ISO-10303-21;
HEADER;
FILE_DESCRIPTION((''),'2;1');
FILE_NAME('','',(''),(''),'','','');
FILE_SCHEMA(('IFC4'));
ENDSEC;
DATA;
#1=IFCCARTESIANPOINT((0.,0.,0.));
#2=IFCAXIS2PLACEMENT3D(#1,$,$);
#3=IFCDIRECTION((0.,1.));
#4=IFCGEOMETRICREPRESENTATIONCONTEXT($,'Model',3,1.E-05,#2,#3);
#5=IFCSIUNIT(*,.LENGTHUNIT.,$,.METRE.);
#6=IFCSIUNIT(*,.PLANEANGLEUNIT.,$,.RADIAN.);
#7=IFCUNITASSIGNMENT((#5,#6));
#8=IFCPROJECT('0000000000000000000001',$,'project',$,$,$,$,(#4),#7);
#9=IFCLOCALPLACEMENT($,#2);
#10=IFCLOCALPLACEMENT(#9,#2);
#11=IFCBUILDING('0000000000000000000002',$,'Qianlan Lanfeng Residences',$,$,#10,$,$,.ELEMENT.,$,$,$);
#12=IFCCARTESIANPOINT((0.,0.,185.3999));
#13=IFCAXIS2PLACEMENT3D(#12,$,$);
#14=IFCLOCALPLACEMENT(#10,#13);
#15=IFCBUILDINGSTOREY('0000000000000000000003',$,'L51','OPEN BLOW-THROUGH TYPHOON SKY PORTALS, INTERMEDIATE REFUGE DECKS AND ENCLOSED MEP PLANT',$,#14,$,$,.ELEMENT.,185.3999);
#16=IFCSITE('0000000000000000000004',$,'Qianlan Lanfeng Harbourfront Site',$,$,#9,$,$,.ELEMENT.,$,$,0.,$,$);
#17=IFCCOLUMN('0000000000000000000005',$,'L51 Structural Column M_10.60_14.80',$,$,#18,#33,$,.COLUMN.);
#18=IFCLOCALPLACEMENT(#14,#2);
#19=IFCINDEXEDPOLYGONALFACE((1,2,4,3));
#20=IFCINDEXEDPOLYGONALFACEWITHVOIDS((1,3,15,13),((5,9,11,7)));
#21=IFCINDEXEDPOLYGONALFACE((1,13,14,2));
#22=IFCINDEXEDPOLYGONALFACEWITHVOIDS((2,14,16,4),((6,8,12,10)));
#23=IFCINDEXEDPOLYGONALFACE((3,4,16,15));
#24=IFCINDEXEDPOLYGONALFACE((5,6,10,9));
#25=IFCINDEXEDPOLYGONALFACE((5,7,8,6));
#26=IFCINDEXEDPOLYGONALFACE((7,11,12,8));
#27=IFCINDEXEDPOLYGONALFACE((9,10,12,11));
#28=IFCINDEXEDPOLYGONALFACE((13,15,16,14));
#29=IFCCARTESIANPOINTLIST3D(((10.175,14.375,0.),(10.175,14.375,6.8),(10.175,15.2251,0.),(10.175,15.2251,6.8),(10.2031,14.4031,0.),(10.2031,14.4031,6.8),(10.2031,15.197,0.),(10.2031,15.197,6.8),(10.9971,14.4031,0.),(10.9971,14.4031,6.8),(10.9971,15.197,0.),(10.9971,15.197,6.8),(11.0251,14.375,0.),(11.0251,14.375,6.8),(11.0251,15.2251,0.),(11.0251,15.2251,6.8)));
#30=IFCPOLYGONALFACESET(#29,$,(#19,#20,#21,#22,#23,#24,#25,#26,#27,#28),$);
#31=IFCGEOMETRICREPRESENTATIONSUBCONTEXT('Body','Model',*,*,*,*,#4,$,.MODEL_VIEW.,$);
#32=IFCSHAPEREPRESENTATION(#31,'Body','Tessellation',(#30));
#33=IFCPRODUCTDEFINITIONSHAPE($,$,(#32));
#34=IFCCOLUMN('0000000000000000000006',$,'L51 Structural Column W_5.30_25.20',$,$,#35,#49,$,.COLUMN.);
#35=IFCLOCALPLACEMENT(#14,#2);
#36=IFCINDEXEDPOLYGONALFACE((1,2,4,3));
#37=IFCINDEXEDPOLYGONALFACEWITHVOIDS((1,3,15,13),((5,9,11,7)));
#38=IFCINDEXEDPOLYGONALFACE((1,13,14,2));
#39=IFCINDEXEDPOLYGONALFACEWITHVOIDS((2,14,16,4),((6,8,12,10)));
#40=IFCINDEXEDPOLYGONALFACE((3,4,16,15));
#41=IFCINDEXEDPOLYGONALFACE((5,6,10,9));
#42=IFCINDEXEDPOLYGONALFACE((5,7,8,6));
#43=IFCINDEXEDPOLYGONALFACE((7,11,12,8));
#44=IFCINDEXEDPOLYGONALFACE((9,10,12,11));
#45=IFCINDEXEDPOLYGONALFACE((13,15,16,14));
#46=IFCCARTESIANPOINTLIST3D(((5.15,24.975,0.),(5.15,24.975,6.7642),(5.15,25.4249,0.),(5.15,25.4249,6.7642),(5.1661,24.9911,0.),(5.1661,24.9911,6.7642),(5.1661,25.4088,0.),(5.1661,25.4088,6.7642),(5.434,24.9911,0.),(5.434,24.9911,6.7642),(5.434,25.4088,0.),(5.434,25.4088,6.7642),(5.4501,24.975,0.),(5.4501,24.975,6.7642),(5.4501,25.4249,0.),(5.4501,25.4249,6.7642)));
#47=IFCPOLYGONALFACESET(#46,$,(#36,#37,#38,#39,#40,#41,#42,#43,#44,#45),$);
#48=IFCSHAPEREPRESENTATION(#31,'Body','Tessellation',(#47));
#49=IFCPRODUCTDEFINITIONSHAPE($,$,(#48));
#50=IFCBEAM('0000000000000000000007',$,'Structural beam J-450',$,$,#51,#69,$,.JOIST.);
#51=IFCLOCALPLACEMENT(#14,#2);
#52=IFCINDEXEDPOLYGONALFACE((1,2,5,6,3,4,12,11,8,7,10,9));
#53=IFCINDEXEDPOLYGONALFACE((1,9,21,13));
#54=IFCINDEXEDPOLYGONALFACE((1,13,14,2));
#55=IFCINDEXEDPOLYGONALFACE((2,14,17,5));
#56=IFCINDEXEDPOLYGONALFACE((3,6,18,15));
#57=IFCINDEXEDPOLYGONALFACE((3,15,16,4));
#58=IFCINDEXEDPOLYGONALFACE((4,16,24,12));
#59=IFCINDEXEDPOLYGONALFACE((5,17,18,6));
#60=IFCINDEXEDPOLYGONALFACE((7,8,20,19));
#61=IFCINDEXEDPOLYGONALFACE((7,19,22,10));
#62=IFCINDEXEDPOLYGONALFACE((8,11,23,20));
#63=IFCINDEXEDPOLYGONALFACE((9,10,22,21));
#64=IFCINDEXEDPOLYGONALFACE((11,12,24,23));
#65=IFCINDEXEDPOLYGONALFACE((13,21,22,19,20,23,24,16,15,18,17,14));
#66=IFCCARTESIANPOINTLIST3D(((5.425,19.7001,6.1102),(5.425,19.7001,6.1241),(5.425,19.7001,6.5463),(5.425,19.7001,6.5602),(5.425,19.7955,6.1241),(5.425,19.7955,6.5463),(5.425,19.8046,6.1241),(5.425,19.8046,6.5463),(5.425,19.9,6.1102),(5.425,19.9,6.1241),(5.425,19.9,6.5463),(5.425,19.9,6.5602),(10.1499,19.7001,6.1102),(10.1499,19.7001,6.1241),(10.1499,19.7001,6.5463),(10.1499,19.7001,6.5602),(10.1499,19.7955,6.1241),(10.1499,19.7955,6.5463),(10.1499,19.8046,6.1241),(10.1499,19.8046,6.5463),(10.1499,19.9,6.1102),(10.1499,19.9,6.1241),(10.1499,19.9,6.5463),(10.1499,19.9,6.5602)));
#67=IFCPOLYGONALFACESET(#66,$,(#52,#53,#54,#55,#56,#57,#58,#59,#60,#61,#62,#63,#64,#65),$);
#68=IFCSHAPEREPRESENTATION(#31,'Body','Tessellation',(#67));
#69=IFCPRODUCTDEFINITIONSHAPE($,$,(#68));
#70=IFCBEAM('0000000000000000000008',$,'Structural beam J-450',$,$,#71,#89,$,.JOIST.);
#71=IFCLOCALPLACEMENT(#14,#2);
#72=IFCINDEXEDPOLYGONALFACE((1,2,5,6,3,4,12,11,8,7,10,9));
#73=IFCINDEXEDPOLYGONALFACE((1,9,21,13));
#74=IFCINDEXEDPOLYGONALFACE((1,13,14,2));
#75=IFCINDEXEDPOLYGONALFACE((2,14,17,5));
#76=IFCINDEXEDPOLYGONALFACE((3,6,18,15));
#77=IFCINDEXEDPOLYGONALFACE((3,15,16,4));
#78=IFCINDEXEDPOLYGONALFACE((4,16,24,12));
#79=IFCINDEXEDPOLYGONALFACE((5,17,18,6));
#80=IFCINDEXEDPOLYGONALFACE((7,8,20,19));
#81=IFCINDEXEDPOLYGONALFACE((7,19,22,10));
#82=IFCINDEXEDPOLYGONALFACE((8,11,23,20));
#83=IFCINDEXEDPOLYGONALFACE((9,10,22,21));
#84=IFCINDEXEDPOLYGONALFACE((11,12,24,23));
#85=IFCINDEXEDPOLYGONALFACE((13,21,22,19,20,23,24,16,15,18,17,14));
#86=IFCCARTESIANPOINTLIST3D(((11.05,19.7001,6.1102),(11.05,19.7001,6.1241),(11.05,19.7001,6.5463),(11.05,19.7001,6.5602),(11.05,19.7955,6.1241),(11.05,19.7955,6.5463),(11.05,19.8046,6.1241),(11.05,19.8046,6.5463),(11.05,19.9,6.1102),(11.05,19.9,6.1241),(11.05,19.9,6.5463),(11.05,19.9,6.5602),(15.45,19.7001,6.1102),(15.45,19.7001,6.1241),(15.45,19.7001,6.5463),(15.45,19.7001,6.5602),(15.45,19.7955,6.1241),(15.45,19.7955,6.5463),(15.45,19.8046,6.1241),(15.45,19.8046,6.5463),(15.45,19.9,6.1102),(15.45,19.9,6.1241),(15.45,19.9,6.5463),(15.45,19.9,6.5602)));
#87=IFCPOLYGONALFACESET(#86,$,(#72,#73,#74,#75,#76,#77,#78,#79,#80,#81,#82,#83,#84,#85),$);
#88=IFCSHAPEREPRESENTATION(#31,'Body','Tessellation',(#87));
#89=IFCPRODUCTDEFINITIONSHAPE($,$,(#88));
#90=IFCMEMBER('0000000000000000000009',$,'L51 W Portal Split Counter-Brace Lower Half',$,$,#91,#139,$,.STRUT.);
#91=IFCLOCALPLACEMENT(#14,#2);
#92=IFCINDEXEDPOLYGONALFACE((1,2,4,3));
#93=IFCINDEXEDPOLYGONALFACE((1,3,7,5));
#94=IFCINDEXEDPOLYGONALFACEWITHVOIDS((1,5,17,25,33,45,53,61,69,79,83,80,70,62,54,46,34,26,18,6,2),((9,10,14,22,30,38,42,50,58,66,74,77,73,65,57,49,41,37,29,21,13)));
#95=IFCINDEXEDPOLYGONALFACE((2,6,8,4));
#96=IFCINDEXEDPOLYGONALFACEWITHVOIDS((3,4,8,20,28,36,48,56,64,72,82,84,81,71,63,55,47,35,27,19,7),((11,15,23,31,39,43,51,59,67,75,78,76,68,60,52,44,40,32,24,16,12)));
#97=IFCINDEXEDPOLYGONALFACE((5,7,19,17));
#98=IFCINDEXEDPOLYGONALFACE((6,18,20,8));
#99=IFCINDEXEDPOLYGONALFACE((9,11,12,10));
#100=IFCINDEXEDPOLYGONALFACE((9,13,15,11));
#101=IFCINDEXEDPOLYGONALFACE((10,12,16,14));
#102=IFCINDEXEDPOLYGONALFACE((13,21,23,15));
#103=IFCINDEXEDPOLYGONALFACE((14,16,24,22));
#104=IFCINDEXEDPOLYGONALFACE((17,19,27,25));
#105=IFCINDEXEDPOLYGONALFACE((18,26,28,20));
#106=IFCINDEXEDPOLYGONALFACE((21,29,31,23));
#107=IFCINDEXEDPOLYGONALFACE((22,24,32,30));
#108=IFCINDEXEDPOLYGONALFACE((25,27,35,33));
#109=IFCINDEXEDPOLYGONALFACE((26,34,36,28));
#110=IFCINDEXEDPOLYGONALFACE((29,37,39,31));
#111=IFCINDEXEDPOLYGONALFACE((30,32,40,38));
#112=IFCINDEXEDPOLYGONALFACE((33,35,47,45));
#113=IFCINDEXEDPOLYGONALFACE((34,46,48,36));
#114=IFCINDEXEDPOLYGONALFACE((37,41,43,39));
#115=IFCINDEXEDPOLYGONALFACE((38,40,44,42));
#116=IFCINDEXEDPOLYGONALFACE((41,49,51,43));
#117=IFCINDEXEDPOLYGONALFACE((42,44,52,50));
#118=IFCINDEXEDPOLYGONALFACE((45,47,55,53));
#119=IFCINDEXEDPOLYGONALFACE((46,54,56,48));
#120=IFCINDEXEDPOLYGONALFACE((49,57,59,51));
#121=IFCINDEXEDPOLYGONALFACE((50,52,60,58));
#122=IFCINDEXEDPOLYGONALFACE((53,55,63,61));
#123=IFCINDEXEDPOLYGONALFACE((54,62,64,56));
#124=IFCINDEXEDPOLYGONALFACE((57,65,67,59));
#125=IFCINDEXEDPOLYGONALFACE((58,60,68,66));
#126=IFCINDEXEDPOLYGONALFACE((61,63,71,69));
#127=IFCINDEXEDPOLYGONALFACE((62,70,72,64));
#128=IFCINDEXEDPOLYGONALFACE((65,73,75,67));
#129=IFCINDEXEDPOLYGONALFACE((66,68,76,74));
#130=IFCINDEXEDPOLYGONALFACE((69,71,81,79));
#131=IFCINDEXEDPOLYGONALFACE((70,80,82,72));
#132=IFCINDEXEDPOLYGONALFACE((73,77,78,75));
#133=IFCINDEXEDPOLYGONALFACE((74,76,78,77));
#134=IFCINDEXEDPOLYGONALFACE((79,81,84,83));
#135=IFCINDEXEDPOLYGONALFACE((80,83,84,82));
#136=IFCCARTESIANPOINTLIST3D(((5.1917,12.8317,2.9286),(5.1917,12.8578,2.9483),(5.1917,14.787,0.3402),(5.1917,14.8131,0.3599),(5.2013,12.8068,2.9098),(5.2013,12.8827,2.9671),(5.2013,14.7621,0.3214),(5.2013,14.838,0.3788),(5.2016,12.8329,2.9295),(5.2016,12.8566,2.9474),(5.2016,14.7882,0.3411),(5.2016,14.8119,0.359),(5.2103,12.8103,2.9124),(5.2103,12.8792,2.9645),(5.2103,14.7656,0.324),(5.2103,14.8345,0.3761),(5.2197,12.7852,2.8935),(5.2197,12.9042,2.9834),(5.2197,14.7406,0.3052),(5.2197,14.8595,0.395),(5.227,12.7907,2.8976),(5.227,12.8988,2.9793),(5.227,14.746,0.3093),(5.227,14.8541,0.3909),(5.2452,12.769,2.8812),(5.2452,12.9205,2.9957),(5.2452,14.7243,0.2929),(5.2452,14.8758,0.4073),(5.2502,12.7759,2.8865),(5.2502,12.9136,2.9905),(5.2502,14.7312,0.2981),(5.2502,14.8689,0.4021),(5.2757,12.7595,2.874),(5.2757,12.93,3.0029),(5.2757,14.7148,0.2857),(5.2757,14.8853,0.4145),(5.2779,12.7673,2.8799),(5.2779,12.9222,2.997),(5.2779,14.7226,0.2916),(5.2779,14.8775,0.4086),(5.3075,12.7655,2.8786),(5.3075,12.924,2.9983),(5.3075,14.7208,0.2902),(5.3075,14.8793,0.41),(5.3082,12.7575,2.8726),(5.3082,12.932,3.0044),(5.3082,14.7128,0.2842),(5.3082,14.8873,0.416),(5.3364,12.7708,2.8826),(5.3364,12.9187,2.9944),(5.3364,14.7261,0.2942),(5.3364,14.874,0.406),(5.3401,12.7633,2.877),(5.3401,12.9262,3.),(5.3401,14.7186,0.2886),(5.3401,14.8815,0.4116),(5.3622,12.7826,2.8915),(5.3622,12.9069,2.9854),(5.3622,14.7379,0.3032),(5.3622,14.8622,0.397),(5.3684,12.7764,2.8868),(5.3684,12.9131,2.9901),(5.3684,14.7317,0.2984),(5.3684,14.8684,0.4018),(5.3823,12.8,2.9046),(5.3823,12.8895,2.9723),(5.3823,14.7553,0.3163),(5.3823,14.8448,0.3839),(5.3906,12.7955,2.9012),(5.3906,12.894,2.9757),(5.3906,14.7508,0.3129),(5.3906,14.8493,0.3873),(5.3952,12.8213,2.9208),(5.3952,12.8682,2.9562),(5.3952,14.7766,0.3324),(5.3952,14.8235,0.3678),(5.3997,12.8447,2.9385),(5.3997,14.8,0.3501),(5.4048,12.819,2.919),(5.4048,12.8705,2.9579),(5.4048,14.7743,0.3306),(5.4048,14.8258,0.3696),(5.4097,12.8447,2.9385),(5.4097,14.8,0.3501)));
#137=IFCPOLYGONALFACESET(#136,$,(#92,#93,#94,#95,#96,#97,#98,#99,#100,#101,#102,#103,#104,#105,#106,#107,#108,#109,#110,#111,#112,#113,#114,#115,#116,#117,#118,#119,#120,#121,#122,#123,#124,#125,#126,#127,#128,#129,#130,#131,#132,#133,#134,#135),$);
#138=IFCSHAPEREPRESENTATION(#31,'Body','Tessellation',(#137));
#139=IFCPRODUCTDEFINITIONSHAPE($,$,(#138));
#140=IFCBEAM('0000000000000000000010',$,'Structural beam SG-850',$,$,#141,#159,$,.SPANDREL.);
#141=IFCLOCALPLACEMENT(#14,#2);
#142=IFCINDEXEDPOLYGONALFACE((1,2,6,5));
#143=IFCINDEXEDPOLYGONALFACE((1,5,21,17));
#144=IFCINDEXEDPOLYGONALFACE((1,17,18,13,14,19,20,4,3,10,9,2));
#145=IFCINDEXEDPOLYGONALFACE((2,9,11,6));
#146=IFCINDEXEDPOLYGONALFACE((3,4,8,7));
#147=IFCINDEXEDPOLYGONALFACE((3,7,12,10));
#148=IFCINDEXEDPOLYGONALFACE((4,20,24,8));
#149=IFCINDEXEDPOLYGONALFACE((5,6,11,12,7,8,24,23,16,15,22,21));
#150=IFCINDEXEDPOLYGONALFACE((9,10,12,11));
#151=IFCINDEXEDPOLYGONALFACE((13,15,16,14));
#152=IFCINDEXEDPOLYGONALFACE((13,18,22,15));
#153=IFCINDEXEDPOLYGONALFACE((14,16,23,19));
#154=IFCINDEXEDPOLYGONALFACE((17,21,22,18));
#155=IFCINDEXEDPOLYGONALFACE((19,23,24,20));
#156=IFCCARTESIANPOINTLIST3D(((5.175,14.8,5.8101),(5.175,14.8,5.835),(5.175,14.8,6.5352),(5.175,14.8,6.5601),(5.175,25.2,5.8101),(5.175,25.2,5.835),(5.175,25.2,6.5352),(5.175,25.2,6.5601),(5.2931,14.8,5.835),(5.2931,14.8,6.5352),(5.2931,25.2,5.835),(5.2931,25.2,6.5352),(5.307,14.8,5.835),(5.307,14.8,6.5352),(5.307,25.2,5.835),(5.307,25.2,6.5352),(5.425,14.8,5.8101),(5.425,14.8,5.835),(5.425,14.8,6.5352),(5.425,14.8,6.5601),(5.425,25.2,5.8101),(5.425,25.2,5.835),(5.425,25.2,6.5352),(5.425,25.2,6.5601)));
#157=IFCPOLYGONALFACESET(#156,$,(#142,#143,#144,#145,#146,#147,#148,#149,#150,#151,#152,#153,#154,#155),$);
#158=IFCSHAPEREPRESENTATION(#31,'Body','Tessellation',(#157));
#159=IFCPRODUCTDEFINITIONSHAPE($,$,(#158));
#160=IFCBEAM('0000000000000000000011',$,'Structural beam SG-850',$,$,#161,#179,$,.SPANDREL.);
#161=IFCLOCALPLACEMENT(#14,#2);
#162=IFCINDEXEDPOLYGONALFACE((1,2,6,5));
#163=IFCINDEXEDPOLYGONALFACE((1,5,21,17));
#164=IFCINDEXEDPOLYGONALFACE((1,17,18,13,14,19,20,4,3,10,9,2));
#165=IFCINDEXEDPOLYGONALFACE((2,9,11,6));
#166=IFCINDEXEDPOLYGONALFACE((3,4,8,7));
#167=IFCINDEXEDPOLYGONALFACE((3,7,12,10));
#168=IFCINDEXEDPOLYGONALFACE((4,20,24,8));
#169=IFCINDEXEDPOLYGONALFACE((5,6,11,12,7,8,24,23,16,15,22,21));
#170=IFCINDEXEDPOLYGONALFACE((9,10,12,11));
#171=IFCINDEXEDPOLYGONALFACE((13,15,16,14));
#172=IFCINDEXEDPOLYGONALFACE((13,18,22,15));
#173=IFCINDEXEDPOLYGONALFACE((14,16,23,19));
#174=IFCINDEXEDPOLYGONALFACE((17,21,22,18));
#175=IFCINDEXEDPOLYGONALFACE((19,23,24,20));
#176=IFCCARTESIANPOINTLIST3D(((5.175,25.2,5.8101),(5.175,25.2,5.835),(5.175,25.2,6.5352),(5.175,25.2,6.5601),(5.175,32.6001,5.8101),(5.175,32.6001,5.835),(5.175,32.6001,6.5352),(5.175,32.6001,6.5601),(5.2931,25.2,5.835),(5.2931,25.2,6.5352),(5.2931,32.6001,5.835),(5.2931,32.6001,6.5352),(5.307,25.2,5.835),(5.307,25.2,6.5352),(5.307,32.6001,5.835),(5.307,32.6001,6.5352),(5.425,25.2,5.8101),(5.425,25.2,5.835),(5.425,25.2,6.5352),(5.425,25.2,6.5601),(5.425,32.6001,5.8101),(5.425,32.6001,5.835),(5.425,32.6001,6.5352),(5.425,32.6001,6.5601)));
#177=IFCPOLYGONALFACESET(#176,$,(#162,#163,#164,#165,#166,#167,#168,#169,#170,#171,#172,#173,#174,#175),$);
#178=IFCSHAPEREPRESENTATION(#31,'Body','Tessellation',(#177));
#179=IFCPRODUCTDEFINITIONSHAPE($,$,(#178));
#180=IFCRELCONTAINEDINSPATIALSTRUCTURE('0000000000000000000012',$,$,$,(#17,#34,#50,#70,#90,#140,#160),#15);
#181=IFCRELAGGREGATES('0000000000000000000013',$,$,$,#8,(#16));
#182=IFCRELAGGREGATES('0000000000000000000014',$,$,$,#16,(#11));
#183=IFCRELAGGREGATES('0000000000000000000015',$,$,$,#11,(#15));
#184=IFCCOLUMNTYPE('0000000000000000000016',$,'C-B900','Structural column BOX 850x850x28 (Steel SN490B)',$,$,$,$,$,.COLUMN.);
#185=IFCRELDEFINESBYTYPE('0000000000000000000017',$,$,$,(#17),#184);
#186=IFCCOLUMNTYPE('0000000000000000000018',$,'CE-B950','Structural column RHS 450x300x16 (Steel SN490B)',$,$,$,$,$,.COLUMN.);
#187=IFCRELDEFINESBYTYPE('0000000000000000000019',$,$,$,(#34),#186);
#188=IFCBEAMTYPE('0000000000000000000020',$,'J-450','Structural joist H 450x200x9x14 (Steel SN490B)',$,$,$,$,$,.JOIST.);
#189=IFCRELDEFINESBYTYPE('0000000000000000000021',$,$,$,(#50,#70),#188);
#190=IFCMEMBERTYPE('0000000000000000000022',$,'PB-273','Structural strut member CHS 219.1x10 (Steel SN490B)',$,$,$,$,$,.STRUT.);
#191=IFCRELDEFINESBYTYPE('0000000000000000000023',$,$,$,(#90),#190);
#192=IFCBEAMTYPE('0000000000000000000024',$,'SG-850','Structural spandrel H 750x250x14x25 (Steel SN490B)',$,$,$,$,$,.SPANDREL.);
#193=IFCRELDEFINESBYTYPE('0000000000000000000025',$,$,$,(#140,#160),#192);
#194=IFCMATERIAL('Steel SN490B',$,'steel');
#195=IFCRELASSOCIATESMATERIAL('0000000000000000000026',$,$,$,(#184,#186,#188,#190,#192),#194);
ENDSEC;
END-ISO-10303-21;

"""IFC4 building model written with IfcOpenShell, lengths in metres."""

from ifc_helpers import new_model, si_unit, direction, frame, origin, origin_2d, place, context, subcontext, project, spatial, hollow_rectangle, hollow_circle, i_section, extrude, material, material_profile, profile_set, type_object, element, save


model = new_model("IFC4")

# Units and contexts
model_context = context("Model", 3, precision=1e-05, world=origin(), true_north=direction((0.0, 1.0)))
body_context = subcontext(model_context, "Body", "Model", "MODEL_VIEW")
ifc_project = project(units=[si_unit("LENGTHUNIT", "METRE"), si_unit("PLANEANGLEUNIT", "RADIAN")], contexts=[model_context])

# Site, building, storey
site_placement = place(None, origin())
site = spatial("IfcSite", under=ifc_project, at=site_placement, Name="Qianlan Lanfeng Harbourfront Site", CompositionType="ELEMENT", RefElevation=0.0)
building_placement = place(site_placement, origin())
building = spatial("IfcBuilding", under=site, at=building_placement, Name="Qianlan Lanfeng Residences", CompositionType="ELEMENT")
storey_placement = place(building_placement, frame((0.0, 0.0, 185.3999)))
storey = spatial("IfcBuildingStorey", under=building, at=storey_placement, Name="L51", Description="OPEN BLOW-THROUGH TYPHOON SKY PORTALS, INTERMEDIATE REFUGE DECKS AND ENCLOSED MEP PLANT", CompositionType="ELEMENT", Elevation=185.3999)

# Columns
ifc_material_1 = material(Name="Steel SN490B", Category="steel")
ifc_material_profile_1 = material_profile(ifc_material_1, hollow_rectangle(XDim=0.8501, YDim=0.8501, WallThickness=0.0281, at=origin_2d()), Name="BOX 850x850x28")
ifc_profile_set_1 = profile_set([ifc_material_profile_1], Name="Steel SN490B")
column_type_1 = type_object("IfcColumnType", Name="C-B900", Description="Structural column BOX 850x850x28 (Steel SN490B)", PredefinedType="COLUMN", material=ifc_profile_set_1)
column_1_placement = place(storey_placement, frame((10.6001, 14.8, 0.0), z_axis=(0.0, 0.0, 1.0), x_axis=(1.0, 0.0, 0.0)))
element("IfcColumn", 1, at=column_1_placement, inside=storey, type_object=column_type_1, Name="L51 Structural Column M_10.60_14.80", PredefinedType="COLUMN", context=body_context, shape_type="SweptSolid", body=[
    extrude(hollow_rectangle(XDim=0.8501, YDim=0.8501, WallThickness=0.0281, at=origin_2d()), origin(), (0.0, 0.0, 1.0), 6.8),
])
ifc_material_profile_2 = material_profile(ifc_material_1, hollow_rectangle(XDim=0.3, YDim=0.45, WallThickness=0.0161, at=origin_2d()), Name="RHS 450x300x16")
ifc_profile_set_2 = profile_set([ifc_material_profile_2], Name="Steel SN490B")
column_type_2 = type_object("IfcColumnType", Name="CE-B950", Description="Structural column RHS 450x300x16 (Steel SN490B)", PredefinedType="COLUMN", material=ifc_profile_set_2)
column_2_placement = place(storey_placement, frame((5.3, 25.2, 0.0), z_axis=(0.0, 0.0, 1.0), x_axis=(1.0, 0.0, 0.0)))
element("IfcColumn", 2, at=column_2_placement, inside=storey, type_object=column_type_2, Name="L51 Structural Column W_5.30_25.20", PredefinedType="COLUMN", context=body_context, shape_type="SweptSolid", body=[
    extrude(hollow_rectangle(XDim=0.3, YDim=0.45, WallThickness=0.0161, at=origin_2d()), origin(), (0.0, 0.0, 1.0), 6.7642),
])

# Beams
ifc_material_profile_3 = material_profile(ifc_material_1, i_section(OverallWidth=0.2, OverallDepth=0.45, WebThickness=0.009, FlangeThickness=0.0139, at=origin_2d()), Name="H 450x200x9x14")
ifc_profile_set_3 = profile_set([ifc_material_profile_3], Name="Steel SN490B")
beam_type_1 = type_object("IfcBeamType", Name="J-450", Description="Structural joist H 450x200x9x14 (Steel SN490B)", PredefinedType="JOIST", material=ifc_profile_set_3)
beam_1_placement = place(storey_placement, frame((5.425, 19.8, 6.3352), z_axis=(1.0, 0.0, 0.0), x_axis=(0.0, 1.0, 0.0)))
element("IfcBeam", 3, at=beam_1_placement, inside=storey, type_object=beam_type_1, Name="Structural beam J-450", PredefinedType="JOIST", context=body_context, shape_type="SweptSolid", body=[
    extrude(i_section(OverallWidth=0.2, OverallDepth=0.45, WebThickness=0.009, FlangeThickness=0.0139, at=origin_2d()), origin(), (0.0, 0.0, 1.0), 4.7249),
])
beam_2_placement = place(storey_placement, frame((11.05, 19.8, 6.3352), z_axis=(1.0, 0.0, 0.0), x_axis=(0.0, 1.0, 0.0)))
element("IfcBeam", 4, at=beam_2_placement, inside=storey, type_object=beam_type_1, Name="Structural beam J-450", PredefinedType="JOIST", context=body_context, shape_type="SweptSolid", body=[
    extrude(i_section(OverallWidth=0.2, OverallDepth=0.45, WebThickness=0.009, FlangeThickness=0.0139, at=origin_2d()), origin(), (0.0, 0.0, 1.0), 4.3999),
])

# Member
ifc_material_profile_4 = material_profile(ifc_material_1, hollow_circle(Radius=0.1096, WallThickness=0.01, at=origin_2d()), Name="CHS 219.1x10")
ifc_profile_set_4 = profile_set([ifc_material_profile_4], Name="Steel SN490B")
member_type = type_object("IfcMemberType", Name="PB-273", Description="Structural strut member CHS 219.1x10 (Steel SN490B)", PredefinedType="STRUT", material=ifc_profile_set_4)
member_placement = place(storey_placement, frame((5.3, 14.8, 0.3501), z_axis=(0.0, -0.602766, 0.797918), x_axis=(1.0, 0.0, 0.0)))
element("IfcMember", 5, at=member_placement, inside=storey, type_object=member_type, Name="L51 W Portal Split Counter-Brace Lower Half", PredefinedType="STRUT", context=body_context, shape_type="SweptSolid", body=[
    extrude(hollow_circle(Radius=0.1096, WallThickness=0.01, at=origin_2d()), origin(), (0.0, 0.0, 1.0), 3.2439),
])

# Beams
ifc_material_profile_5 = material_profile(ifc_material_1, i_section(OverallWidth=0.25, OverallDepth=0.75, WebThickness=0.0139, FlangeThickness=0.0249, at=origin_2d()), Name="H 750x250x14x25")
ifc_profile_set_5 = profile_set([ifc_material_profile_5], Name="Steel SN490B")
beam_type_2 = type_object("IfcBeamType", Name="SG-850", Description="Structural spandrel H 750x250x14x25 (Steel SN490B)", PredefinedType="SPANDREL", material=ifc_profile_set_5)
beam_3_placement = place(storey_placement, frame((5.3, 14.8, 6.1851), z_axis=(0.0, 1.0, 0.0), x_axis=(-1.0, 0.0, 0.0)))
element("IfcBeam", 6, at=beam_3_placement, inside=storey, type_object=beam_type_2, Name="Structural beam SG-850", PredefinedType="SPANDREL", context=body_context, shape_type="SweptSolid", body=[
    extrude(i_section(OverallWidth=0.25, OverallDepth=0.75, WebThickness=0.0139, FlangeThickness=0.0249, at=origin_2d()), origin(), (0.0, 0.0, 1.0), 10.3999),
])
beam_4_placement = place(storey_placement, frame((5.3, 25.2, 6.1851), z_axis=(0.0, 1.0, 0.0), x_axis=(-1.0, 0.0, 0.0)))
element("IfcBeam", 7, at=beam_4_placement, inside=storey, type_object=beam_type_2, Name="Structural beam SG-850", PredefinedType="SPANDREL", context=body_context, shape_type="SweptSolid", body=[
    extrude(i_section(OverallWidth=0.25, OverallDepth=0.75, WebThickness=0.0139, FlangeThickness=0.0249, at=origin_2d()), origin(), (0.0, 0.0, 1.0), 7.4001),
])

save(model, "model.ifc")
